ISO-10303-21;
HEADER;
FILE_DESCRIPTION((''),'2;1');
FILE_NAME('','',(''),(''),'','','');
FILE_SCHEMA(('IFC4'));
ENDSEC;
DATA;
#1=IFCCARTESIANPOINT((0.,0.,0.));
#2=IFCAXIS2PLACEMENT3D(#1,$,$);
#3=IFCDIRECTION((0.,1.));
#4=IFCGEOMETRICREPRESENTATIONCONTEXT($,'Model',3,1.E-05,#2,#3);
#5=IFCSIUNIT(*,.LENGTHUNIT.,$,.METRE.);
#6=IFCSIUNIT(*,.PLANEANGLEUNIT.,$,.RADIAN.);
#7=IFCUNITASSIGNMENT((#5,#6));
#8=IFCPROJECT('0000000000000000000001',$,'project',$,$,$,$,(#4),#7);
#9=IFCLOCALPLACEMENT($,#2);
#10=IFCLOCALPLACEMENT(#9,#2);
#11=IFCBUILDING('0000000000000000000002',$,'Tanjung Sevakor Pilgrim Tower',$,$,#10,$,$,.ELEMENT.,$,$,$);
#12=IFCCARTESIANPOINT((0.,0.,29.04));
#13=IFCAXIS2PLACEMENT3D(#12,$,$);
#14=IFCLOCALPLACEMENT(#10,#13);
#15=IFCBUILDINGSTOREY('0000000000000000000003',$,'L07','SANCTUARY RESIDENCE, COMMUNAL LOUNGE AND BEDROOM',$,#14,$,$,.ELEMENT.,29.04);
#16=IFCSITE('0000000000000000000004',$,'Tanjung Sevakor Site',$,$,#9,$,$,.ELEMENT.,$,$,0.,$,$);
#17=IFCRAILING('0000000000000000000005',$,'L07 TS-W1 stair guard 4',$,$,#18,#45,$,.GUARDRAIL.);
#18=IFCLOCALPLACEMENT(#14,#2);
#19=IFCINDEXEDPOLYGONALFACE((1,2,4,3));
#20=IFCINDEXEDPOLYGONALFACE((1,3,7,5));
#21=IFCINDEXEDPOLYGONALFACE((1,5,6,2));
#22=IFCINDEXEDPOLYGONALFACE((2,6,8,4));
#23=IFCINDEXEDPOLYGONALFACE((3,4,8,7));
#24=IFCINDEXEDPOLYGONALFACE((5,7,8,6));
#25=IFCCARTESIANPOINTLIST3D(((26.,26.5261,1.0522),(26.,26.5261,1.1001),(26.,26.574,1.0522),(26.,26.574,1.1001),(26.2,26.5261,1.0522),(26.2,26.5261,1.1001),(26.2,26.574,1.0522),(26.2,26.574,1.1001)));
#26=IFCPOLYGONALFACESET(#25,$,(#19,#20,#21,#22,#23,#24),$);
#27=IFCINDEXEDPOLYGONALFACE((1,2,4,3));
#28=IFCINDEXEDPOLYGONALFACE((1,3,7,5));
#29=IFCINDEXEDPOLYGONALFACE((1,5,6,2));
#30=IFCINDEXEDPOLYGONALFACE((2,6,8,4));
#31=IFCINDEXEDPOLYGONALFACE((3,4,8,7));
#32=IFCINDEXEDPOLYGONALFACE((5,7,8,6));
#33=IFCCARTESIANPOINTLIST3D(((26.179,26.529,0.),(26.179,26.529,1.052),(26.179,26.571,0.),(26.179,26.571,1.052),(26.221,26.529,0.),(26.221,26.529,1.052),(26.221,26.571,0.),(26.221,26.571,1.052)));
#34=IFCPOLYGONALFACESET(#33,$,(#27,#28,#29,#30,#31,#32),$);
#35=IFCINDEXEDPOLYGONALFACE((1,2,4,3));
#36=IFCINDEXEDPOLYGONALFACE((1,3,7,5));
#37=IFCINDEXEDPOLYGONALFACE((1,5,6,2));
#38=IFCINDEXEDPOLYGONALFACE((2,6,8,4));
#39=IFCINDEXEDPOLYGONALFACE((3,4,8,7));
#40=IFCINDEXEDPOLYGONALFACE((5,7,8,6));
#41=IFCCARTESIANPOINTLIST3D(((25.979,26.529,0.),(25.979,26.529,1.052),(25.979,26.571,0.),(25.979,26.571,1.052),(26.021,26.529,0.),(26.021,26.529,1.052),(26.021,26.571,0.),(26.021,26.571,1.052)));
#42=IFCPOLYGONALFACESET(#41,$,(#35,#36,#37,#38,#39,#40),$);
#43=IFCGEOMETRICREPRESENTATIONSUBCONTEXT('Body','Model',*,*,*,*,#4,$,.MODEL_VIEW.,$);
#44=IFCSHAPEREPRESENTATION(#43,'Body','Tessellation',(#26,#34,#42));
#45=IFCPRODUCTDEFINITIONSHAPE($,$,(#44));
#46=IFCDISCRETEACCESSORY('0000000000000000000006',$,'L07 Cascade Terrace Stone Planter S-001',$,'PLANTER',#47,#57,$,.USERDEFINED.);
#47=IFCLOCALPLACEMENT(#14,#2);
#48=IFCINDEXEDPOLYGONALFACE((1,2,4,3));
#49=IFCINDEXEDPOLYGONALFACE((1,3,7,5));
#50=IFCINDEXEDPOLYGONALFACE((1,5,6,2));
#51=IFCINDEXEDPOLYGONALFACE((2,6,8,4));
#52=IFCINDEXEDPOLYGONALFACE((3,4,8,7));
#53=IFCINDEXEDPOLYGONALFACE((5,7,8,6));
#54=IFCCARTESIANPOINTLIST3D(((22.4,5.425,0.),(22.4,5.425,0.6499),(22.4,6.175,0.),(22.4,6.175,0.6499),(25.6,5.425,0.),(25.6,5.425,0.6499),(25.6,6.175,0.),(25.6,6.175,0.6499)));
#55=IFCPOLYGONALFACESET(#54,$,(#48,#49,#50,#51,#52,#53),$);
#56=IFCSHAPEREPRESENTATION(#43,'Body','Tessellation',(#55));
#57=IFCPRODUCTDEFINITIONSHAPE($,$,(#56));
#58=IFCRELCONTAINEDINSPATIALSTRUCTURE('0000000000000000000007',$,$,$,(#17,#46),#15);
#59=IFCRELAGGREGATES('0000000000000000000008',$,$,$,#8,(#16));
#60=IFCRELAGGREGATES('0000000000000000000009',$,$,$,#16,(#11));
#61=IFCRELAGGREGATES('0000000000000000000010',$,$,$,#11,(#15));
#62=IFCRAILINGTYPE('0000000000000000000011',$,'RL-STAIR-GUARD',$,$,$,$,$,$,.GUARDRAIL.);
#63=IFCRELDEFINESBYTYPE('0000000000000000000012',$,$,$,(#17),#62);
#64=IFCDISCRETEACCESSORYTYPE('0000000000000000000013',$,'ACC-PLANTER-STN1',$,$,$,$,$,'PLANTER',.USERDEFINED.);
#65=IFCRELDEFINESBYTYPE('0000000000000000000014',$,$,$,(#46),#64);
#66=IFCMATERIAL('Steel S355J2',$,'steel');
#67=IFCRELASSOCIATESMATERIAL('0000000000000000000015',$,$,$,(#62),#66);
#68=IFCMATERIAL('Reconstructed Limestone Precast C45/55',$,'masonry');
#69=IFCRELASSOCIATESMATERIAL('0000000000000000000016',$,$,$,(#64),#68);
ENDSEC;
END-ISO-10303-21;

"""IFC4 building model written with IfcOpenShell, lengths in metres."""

from ifc_helpers import new_model, si_unit, direction, frame, origin, origin_2d, place, context, subcontext, project, spatial, rectangle, extrude, material, type_object, element, save


model = new_model("IFC4")

# Units and contexts
model_context = context("Model", 3, precision=1e-05, world=origin(), true_north=direction((0.0, 1.0)))
body_context = subcontext(model_context, "Body", "Model", "MODEL_VIEW")
ifc_project = project(units=[si_unit("LENGTHUNIT", "METRE"), si_unit("PLANEANGLEUNIT", "RADIAN")], contexts=[model_context])

# Site, building, storey
site_placement = place(None, origin())
site = spatial("IfcSite", under=ifc_project, at=site_placement, Name="Tanjung Sevakor Site", CompositionType="ELEMENT", RefElevation=0.0)
building_placement = place(site_placement, origin())
building = spatial("IfcBuilding", under=site, at=building_placement, Name="Tanjung Sevakor Pilgrim Tower", CompositionType="ELEMENT")
storey_placement = place(building_placement, frame((0.0, 0.0, 29.04)))
storey = spatial("IfcBuildingStorey", under=building, at=storey_placement, Name="L07", Description="SANCTUARY RESIDENCE, COMMUNAL LOUNGE AND BEDROOM", CompositionType="ELEMENT", Elevation=29.04)

# Railing
ifc_material_1 = material(Name="Steel S355J2", Category="steel")
railing_type_1 = type_object("IfcRailingType", Name="RL-STAIR-GUARD", PredefinedType="GUARDRAIL", material=ifc_material_1)
railing_1_placement = place(storey_placement, frame((26.2, 26.55, 0.0)))
element("IfcRailing", 1, at=railing_1_placement, inside=storey, type_object=railing_type_1, Name="L07 TS-W1 stair guard 4", PredefinedType="GUARDRAIL", context=body_context, shape_type="SweptSolid", body=[
    extrude(rectangle(XDim=0.0479, YDim=0.0479), frame((0.0, 0.0, 1.0762), z_axis=(-1.0, 0.0, 0.0), x_axis=(0.0, -1.0, 0.0)), (0.0, 0.0, 1.0), 0.2),
    extrude(rectangle(XDim=0.042, YDim=0.042), origin(), (0.0, 0.0, 1.0), 1.052),
    extrude(rectangle(XDim=0.042, YDim=0.042), frame((-0.2, 0.0, 0.0)), (0.0, 0.0, 1.0), 1.052),
])

# Discrete accessory
ifc_material_2 = material(Name="Reconstructed Limestone Precast C45/55", Category="masonry")
discrete_accessory_type = type_object("IfcDiscreteAccessoryType", Name="ACC-PLANTER-STN1", ElementType="PLANTER", PredefinedType="USERDEFINED", material=ifc_material_2)
discrete_accessory_placement = place(storey_placement, frame((24.0, 5.8, 0.0), z_axis=(0.0, 0.0, 1.0), x_axis=(1.0, 0.0, 0.0)))
element("IfcDiscreteAccessory", 2, at=discrete_accessory_placement, inside=storey, type_object=discrete_accessory_type, Name="L07 Cascade Terrace Stone Planter S-001", ObjectType="PLANTER", PredefinedType="USERDEFINED", context=body_context, shape_type="SweptSolid", body=[
    extrude(rectangle(XDim=3.2, YDim=0.75, at=origin_2d()), origin(), (0.0, 0.0, 1.0), 0.6499),
])

save(model, "model.ifc")
